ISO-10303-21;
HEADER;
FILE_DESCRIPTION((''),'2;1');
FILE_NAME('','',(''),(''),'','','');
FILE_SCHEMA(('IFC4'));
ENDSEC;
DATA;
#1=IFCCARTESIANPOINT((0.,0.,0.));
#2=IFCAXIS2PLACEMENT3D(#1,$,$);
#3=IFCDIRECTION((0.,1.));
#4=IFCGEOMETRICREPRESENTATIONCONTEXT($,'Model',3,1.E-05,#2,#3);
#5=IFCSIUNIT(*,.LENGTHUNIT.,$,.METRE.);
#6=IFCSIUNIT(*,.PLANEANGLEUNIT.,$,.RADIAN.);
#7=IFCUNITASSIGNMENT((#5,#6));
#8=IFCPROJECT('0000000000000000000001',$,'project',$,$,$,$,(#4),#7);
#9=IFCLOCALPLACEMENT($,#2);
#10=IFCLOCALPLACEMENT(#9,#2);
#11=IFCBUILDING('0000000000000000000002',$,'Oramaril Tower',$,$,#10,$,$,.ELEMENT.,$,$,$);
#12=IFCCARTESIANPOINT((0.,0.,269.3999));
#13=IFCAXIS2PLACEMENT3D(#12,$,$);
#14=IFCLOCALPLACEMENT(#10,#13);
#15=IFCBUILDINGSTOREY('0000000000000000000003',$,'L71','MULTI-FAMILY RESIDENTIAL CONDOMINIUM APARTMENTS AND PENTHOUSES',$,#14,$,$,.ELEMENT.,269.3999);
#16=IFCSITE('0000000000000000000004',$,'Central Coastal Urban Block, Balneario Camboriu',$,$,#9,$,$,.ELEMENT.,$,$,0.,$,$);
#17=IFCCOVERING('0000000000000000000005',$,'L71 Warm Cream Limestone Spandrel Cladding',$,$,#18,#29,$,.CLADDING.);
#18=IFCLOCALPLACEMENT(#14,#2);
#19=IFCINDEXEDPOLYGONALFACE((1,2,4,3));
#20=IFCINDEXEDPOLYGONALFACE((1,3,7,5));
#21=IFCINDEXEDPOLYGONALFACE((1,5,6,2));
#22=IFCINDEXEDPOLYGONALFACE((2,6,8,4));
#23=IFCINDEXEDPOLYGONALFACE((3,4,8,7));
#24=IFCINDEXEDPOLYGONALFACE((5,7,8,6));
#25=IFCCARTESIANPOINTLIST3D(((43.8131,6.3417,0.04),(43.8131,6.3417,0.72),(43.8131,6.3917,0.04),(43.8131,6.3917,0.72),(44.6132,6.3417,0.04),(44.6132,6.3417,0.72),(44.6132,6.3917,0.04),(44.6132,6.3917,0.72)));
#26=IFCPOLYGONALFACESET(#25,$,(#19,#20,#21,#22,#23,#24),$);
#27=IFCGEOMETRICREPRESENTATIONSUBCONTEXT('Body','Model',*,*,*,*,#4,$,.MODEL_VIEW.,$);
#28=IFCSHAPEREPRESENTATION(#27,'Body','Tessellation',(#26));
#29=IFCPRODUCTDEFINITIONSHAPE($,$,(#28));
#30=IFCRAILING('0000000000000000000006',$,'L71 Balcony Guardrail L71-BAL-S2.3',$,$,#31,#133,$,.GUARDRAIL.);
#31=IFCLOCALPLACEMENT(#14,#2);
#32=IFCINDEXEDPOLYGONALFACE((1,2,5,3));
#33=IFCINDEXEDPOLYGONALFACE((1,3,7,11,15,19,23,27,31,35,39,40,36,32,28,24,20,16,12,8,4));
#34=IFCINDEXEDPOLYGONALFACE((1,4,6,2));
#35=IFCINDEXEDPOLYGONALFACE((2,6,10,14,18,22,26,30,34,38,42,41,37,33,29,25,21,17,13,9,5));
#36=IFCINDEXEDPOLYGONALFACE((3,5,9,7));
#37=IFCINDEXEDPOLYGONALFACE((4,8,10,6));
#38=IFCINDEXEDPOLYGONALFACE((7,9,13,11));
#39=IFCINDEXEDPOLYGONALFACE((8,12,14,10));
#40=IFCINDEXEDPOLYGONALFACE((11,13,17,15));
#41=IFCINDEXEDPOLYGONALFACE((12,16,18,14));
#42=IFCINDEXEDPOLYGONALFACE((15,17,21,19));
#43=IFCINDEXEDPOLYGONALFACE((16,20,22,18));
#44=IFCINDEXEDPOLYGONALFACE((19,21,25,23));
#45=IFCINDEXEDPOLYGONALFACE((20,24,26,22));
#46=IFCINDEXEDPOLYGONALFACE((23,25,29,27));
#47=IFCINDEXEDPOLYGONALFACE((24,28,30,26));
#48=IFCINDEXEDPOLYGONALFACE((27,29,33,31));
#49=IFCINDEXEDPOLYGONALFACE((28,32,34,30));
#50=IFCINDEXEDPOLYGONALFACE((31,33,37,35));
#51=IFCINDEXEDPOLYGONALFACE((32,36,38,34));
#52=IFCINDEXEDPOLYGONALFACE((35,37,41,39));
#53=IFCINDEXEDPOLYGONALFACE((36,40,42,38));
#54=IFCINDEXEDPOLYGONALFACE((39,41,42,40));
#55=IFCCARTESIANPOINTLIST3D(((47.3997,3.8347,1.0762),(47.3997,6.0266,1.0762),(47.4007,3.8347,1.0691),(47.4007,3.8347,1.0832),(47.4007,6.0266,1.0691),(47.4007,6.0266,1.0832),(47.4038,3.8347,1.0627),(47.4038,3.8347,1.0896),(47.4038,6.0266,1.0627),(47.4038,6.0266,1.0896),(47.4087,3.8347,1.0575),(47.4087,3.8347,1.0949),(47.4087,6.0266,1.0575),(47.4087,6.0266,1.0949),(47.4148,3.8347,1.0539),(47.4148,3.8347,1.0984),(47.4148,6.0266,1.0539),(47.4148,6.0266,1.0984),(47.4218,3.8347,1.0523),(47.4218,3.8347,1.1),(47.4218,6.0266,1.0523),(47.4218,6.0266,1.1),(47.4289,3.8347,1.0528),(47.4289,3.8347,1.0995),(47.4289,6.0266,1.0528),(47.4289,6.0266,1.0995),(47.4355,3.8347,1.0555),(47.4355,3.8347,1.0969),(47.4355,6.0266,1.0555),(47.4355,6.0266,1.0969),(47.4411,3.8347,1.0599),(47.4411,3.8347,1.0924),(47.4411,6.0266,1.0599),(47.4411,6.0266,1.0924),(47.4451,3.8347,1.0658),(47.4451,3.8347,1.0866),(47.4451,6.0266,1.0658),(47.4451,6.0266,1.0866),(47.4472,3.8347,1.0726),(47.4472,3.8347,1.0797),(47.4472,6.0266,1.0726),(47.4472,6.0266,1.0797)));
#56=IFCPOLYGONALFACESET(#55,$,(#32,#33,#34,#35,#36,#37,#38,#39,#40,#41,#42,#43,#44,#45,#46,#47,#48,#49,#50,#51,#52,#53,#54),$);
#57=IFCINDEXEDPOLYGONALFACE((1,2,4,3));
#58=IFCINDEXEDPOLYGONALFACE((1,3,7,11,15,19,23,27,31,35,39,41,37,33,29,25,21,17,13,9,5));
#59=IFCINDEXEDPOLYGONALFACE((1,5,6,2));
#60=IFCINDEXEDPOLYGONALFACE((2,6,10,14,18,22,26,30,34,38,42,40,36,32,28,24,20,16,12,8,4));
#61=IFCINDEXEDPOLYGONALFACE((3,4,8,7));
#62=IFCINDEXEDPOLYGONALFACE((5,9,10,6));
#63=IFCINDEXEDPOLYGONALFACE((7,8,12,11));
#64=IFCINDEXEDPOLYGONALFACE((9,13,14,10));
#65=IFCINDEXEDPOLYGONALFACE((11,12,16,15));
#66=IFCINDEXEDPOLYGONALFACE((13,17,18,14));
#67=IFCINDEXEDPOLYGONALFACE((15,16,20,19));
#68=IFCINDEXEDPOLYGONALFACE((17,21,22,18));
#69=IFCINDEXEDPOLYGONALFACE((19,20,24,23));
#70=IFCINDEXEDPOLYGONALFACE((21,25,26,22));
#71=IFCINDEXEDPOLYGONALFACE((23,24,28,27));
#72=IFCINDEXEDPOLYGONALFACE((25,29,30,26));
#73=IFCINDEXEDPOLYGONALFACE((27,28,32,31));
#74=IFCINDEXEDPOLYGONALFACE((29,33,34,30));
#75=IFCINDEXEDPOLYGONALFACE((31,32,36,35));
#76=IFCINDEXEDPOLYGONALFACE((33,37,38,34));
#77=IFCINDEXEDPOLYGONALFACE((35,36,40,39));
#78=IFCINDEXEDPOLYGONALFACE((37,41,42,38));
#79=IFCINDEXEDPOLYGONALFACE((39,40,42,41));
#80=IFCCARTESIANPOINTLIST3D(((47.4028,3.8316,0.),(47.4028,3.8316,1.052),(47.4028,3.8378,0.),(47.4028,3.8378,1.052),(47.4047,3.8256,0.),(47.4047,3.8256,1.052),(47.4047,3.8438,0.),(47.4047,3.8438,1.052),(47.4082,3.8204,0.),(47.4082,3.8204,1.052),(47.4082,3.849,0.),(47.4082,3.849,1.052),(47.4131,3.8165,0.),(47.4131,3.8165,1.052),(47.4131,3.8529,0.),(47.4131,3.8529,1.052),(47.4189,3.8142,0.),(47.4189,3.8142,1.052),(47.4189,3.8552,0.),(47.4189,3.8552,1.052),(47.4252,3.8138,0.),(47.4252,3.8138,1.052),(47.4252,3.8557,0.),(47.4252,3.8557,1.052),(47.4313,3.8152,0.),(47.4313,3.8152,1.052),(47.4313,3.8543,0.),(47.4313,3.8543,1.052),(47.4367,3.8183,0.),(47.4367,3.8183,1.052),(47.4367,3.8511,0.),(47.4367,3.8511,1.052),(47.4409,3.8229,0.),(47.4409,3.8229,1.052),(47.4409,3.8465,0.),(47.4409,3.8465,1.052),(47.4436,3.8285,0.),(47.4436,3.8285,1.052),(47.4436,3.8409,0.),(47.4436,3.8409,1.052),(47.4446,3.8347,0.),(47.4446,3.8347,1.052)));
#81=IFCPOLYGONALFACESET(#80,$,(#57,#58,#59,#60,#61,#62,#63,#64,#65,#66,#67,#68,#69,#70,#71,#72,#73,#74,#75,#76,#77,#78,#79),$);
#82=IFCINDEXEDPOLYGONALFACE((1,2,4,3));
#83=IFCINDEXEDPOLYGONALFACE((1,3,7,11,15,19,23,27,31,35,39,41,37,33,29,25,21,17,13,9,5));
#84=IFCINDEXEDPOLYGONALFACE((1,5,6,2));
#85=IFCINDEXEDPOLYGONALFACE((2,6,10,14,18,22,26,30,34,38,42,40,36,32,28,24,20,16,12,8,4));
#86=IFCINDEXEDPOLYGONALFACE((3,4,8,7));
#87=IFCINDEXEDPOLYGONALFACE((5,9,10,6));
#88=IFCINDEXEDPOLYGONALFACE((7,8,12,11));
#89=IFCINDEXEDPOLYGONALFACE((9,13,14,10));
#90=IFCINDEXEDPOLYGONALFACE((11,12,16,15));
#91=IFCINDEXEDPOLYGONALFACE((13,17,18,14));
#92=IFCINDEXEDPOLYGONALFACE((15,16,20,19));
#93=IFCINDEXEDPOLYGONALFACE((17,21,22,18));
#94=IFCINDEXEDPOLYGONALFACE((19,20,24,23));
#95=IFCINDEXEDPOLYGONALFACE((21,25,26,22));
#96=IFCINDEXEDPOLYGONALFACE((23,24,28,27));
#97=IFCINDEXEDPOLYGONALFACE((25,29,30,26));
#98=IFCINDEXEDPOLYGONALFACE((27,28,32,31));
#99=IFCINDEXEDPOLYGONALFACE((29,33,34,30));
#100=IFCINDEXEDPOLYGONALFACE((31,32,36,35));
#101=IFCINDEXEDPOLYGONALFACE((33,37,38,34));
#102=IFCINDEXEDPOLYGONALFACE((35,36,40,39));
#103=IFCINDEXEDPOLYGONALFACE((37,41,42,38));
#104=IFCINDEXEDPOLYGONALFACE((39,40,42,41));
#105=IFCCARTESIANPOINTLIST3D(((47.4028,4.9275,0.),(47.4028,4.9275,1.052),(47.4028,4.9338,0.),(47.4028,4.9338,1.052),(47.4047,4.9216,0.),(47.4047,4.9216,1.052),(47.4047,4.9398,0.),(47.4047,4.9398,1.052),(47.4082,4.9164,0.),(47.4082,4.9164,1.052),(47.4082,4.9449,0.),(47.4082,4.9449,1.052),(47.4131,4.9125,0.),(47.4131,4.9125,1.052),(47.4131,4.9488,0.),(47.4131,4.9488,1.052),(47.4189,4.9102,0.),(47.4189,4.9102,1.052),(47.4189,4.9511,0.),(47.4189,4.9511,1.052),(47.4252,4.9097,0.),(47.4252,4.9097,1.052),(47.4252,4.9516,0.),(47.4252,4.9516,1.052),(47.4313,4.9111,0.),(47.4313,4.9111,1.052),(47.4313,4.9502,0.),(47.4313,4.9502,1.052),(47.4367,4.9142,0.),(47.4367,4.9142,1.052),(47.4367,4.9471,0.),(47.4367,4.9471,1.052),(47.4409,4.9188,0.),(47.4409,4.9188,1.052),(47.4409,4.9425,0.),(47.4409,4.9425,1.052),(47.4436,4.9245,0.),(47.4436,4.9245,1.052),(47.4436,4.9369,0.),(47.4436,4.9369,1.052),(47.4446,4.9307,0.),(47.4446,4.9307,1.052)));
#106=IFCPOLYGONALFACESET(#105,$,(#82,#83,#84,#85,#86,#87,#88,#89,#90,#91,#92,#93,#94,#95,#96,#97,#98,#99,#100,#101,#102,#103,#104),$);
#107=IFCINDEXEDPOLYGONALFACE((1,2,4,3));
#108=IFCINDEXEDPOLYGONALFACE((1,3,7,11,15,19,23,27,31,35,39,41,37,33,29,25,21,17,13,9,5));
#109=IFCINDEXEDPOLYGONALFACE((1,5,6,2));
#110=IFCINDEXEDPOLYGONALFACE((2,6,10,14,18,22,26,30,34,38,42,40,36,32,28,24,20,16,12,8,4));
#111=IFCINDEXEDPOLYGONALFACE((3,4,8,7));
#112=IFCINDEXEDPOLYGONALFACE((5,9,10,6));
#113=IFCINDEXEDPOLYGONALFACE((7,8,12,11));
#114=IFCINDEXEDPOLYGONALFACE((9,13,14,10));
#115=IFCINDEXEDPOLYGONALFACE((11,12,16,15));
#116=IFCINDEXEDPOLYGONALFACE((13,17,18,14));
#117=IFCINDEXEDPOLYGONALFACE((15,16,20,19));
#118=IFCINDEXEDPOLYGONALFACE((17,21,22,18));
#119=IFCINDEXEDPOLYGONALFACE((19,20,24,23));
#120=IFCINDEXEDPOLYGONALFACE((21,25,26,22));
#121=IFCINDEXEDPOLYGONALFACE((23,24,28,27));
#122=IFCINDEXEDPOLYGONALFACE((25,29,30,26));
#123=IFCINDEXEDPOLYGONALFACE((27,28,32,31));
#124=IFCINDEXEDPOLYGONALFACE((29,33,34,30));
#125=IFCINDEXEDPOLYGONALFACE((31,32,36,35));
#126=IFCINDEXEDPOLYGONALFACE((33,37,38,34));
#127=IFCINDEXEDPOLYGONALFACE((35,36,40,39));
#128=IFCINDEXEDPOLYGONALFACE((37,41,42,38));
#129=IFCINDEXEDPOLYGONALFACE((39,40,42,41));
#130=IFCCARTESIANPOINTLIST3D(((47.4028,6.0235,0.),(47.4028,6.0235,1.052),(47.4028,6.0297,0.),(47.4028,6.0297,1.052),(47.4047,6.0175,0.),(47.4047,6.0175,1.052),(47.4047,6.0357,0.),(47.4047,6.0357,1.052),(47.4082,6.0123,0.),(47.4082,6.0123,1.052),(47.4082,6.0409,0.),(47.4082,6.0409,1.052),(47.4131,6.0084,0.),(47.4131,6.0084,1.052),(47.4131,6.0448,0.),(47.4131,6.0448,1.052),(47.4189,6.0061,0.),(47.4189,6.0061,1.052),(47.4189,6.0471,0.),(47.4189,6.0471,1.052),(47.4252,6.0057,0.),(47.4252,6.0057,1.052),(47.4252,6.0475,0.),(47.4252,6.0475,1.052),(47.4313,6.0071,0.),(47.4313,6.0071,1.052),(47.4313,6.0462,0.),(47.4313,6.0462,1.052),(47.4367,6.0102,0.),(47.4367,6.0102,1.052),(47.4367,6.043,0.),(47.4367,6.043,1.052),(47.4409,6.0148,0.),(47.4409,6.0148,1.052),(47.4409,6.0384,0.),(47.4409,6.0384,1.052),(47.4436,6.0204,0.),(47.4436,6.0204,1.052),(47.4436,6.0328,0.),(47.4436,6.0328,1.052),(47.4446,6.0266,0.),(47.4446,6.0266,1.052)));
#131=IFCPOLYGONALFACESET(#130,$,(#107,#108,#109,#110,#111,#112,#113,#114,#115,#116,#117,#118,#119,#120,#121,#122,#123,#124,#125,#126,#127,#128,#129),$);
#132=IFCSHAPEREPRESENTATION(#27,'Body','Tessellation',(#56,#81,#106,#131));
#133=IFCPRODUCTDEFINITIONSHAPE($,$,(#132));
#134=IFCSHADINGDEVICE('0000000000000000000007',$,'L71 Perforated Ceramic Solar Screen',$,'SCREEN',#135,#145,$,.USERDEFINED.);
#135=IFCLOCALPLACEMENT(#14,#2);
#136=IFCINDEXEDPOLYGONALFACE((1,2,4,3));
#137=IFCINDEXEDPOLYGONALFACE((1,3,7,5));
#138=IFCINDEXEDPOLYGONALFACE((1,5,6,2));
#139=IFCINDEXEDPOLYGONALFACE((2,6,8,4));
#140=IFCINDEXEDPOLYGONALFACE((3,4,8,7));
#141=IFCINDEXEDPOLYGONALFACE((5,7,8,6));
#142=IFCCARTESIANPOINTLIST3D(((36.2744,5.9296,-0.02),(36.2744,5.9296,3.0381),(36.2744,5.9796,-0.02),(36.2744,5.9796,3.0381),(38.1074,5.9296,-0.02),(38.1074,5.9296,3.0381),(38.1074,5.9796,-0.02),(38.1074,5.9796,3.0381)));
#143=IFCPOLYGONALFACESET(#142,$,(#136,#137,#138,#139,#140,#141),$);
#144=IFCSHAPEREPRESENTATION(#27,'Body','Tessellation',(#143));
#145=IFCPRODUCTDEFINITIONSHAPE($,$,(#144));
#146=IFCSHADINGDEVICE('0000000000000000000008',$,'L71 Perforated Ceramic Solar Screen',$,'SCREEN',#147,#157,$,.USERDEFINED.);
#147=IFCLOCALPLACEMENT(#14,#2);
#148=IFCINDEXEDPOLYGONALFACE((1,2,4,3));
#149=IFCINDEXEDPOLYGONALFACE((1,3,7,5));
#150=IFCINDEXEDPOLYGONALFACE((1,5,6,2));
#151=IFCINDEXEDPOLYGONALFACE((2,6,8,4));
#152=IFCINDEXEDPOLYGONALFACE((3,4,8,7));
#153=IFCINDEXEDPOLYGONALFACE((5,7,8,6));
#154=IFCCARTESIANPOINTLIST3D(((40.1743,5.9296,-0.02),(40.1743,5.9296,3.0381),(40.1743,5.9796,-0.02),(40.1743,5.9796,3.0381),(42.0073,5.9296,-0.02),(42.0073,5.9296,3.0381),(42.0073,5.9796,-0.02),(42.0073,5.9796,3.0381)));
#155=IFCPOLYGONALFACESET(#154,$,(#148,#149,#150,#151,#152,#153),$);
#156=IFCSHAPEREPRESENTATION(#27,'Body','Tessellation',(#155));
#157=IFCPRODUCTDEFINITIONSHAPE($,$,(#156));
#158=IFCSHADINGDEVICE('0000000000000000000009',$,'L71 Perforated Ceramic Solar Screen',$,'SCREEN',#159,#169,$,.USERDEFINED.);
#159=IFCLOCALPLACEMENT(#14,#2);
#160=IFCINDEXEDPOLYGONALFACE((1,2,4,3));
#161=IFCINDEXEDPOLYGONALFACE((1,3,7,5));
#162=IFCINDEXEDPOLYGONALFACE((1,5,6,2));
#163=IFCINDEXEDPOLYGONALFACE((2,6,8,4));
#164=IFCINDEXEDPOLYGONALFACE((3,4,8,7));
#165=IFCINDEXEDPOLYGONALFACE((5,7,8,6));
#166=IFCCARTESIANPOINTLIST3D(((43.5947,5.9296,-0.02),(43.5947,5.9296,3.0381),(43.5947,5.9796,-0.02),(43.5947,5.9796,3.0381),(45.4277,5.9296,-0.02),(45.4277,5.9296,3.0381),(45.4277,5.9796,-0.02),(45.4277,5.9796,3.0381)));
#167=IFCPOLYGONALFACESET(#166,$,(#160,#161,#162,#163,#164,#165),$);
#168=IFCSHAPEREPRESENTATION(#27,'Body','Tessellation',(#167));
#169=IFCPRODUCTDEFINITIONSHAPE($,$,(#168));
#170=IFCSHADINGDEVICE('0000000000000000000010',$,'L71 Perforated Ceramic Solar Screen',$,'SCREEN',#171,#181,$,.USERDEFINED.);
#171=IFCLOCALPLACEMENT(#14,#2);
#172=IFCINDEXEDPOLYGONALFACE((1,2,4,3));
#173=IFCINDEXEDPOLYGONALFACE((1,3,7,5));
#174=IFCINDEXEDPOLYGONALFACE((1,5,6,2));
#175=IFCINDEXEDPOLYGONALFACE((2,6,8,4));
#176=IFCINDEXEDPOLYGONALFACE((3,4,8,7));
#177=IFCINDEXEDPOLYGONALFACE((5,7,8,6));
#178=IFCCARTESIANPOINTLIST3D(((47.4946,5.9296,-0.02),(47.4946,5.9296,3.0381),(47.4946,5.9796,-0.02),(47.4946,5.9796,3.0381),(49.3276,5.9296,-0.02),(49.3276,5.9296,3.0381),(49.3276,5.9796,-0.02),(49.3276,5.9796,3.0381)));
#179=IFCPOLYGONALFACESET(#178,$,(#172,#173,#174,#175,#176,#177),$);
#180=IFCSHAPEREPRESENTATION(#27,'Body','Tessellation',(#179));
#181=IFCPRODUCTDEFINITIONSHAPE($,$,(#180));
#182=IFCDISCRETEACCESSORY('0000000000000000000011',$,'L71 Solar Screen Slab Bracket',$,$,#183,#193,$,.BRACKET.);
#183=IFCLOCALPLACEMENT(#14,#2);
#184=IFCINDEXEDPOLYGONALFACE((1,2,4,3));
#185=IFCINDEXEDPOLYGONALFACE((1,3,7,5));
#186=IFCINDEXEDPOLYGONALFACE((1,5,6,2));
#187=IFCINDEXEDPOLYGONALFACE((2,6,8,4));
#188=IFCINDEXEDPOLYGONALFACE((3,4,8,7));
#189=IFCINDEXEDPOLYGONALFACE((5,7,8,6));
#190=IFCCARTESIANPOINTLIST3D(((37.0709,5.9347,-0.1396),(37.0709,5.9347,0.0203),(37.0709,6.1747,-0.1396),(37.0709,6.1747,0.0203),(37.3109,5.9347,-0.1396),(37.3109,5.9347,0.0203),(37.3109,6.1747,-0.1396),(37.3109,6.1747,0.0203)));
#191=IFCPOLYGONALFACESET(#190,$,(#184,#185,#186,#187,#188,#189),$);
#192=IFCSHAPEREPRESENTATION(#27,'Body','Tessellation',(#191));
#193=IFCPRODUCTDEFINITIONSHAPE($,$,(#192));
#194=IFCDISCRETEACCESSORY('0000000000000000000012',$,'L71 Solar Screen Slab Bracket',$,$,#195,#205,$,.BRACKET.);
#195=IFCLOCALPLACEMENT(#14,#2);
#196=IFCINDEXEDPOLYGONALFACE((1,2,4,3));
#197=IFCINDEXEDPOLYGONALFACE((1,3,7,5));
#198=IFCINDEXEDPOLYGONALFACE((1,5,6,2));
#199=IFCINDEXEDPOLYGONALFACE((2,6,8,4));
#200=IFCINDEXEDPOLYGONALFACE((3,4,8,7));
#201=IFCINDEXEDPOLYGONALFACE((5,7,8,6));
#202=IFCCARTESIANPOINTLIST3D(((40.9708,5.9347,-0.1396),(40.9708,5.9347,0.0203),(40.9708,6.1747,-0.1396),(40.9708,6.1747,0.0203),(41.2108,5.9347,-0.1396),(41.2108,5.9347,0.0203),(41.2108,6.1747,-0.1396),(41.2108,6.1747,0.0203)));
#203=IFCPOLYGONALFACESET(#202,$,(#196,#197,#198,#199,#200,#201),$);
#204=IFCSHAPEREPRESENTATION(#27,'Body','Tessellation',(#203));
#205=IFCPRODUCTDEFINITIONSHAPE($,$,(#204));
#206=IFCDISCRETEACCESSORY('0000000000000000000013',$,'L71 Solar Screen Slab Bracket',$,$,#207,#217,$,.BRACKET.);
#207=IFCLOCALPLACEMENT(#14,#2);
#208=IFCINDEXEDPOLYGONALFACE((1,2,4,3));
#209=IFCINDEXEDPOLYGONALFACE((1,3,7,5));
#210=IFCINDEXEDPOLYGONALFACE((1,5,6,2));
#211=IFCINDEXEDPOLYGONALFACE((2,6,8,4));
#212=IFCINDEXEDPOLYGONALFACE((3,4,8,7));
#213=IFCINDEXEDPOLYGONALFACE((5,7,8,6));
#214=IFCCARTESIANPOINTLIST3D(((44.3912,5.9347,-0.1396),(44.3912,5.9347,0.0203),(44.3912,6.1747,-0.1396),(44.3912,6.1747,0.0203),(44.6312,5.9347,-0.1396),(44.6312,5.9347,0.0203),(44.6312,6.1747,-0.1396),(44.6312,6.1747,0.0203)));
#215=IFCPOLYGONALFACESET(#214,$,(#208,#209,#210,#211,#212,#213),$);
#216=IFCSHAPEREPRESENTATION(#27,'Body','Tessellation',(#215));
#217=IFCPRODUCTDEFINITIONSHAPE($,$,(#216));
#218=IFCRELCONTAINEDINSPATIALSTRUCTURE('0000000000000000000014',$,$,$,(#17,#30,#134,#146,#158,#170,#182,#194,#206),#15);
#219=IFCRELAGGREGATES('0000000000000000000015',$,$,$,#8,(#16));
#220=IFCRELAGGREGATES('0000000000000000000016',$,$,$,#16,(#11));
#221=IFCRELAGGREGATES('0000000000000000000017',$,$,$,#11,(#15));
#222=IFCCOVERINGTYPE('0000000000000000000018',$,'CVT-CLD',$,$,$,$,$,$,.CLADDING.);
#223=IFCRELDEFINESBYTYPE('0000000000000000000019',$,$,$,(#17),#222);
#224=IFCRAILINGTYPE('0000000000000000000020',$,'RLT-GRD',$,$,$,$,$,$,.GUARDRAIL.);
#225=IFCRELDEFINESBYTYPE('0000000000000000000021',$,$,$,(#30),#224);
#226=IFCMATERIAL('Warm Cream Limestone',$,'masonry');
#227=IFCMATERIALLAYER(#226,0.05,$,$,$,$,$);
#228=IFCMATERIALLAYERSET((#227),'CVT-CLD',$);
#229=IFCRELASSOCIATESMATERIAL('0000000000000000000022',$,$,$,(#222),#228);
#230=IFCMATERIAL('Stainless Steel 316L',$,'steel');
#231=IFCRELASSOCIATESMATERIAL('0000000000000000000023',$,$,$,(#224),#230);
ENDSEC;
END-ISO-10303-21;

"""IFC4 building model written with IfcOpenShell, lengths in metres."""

from ifc_helpers import new_model, si_unit, direction, frame, origin, origin_2d, place, context, subcontext, project, spatial, rectangle, circle, extrude, material, layer, layer_set, type_object, element, save


model = new_model("IFC4")

# Units and contexts
model_context = context("Model", 3, precision=1e-05, world=origin(), true_north=direction((0.0, 1.0)))
body_context = subcontext(model_context, "Body", "Model", "MODEL_VIEW")
ifc_project = project(units=[si_unit("LENGTHUNIT", "METRE"), si_unit("PLANEANGLEUNIT", "RADIAN")], contexts=[model_context])

# Site, building, storey
site_placement = place(None, origin())
site = spatial("IfcSite", under=ifc_project, at=site_placement, Name="Central Coastal Urban Block, Balneario Camboriu", CompositionType="ELEMENT", RefElevation=0.0)
building_placement = place(site_placement, origin())
building = spatial("IfcBuilding", under=site, at=building_placement, Name="Oramaril Tower", CompositionType="ELEMENT")
storey_placement = place(building_placement, frame((0.0, 0.0, 269.3999)))
storey = spatial("IfcBuildingStorey", under=building, at=storey_placement, Name="L71", Description="MULTI-FAMILY RESIDENTIAL CONDOMINIUM APARTMENTS AND PENTHOUSES", CompositionType="ELEMENT", Elevation=269.3999)

# Covering
ifc_material_1 = material(Name="Warm Cream Limestone", Category="masonry")
ifc_layer_1 = layer(ifc_material_1, 0.05)
ifc_layer_set_1 = layer_set([ifc_layer_1], Name="CVT-CLD")
covering_type = type_object("IfcCoveringType", Name="CVT-CLD", PredefinedType="CLADDING", material=ifc_layer_set_1)
covering_placement = place(storey_placement, frame((44.2131, 6.3667, 0.04), z_axis=(0.0, 0.0, 1.0), x_axis=(1.0, 0.0, 0.0)))
element("IfcCovering", 1, at=covering_placement, inside=storey, type_object=covering_type, Name="L71 Warm Cream Limestone Spandrel Cladding", PredefinedType="CLADDING", context=body_context, shape_type="SweptSolid", body=[
    extrude(rectangle(XDim=0.8, YDim=0.05, at=origin_2d()), origin(), (0.0, 0.0, 1.0), 0.6799),
])

# Railing
ifc_material_2 = material(Name="Stainless Steel 316L", Category="steel")
railing_type = type_object("IfcRailingType", Name="RLT-GRD", PredefinedType="GUARDRAIL", material=ifc_material_2)
railing_placement = place(storey_placement, frame((47.4236, 3.8347, 0.0)))
element("IfcRailing", 2, at=railing_placement, inside=storey, type_object=railing_type, Name="L71 Balcony Guardrail L71-BAL-S2.3", PredefinedType="GUARDRAIL", context=body_context, shape_type="SweptSolid", body=[
    extrude(circle(Radius=0.0239, at=origin_2d()), frame((0.0, 0.0, 1.0762), z_axis=(0.0, 1.0, 0.0), x_axis=(-1.0, 0.0, 0.0)), (0.0, 0.0, 1.0), 2.1919),
    extrude(circle(Radius=0.021, at=origin_2d()), origin(), (0.0, 0.0, 1.0), 1.052),
    extrude(circle(Radius=0.021, at=origin_2d()), frame((0.0, 1.0959, 0.0)), (0.0, 0.0, 1.0), 1.052),
    extrude(circle(Radius=0.021, at=origin_2d()), frame((0.0, 2.1919, 0.0)), (0.0, 0.0, 1.0), 1.052),
])

# Shading devices
for number, where, z_axis, x_axis, name in (
    (3, (37.1909, 5.9546, -0.02), (0.0, 0.0, 1.0), (1.0, 0.0, 0.0), "L71 Perforated Ceramic Solar Screen"),
    (4, (41.0908, 5.9546, -0.02), (0.0, 0.0, 1.0), (1.0, 0.0, 0.0), "L71 Perforated Ceramic Solar Screen"),
    (5, (44.5112, 5.9546, -0.02), (0.0, 0.0, 1.0), (1.0, 0.0, 0.0), "L71 Perforated Ceramic Solar Screen"),
    (6, (48.4111, 5.9546, -0.02), (0.0, 0.0, 1.0), (1.0, 0.0, 0.0), "L71 Perforated Ceramic Solar Screen"),
):
    element("IfcShadingDevice", number, at=place(storey_placement, frame(where, z_axis=z_axis, x_axis=x_axis)), inside=storey, Name=name, ObjectType="SCREEN", PredefinedType="USERDEFINED", context=body_context, shape_type="SweptSolid", body=[
        extrude(rectangle(XDim=1.833, YDim=0.05, at=origin_2d()), origin(), (0.0, 0.0, 1.0), 3.0581),
    ])

# Discrete accessories
for number, where, z_axis, x_axis, name in (
    (7, (37.1909, 6.0547, -0.1396), (0.0, 0.0, 1.0), (1.0, 0.0, 0.0), "L71 Solar Screen Slab Bracket"),
    (8, (41.0908, 6.0547, -0.1396), (0.0, 0.0, 1.0), (1.0, 0.0, 0.0), "L71 Solar Screen Slab Bracket"),
    (9, (44.5112, 6.0547, -0.1396), (0.0, 0.0, 1.0), (1.0, 0.0, 0.0), "L71 Solar Screen Slab Bracket"),
):
    element("IfcDiscreteAccessory", number, at=place(storey_placement, frame(where, z_axis=z_axis, x_axis=x_axis)), inside=storey, Name=name, PredefinedType="BRACKET", context=body_context, shape_type="SweptSolid", body=[
        extrude(rectangle(XDim=0.24, YDim=0.24, at=origin_2d()), origin(), (0.0, 0.0, 1.0), 0.1599),
    ])

save(model, "model.ifc")
